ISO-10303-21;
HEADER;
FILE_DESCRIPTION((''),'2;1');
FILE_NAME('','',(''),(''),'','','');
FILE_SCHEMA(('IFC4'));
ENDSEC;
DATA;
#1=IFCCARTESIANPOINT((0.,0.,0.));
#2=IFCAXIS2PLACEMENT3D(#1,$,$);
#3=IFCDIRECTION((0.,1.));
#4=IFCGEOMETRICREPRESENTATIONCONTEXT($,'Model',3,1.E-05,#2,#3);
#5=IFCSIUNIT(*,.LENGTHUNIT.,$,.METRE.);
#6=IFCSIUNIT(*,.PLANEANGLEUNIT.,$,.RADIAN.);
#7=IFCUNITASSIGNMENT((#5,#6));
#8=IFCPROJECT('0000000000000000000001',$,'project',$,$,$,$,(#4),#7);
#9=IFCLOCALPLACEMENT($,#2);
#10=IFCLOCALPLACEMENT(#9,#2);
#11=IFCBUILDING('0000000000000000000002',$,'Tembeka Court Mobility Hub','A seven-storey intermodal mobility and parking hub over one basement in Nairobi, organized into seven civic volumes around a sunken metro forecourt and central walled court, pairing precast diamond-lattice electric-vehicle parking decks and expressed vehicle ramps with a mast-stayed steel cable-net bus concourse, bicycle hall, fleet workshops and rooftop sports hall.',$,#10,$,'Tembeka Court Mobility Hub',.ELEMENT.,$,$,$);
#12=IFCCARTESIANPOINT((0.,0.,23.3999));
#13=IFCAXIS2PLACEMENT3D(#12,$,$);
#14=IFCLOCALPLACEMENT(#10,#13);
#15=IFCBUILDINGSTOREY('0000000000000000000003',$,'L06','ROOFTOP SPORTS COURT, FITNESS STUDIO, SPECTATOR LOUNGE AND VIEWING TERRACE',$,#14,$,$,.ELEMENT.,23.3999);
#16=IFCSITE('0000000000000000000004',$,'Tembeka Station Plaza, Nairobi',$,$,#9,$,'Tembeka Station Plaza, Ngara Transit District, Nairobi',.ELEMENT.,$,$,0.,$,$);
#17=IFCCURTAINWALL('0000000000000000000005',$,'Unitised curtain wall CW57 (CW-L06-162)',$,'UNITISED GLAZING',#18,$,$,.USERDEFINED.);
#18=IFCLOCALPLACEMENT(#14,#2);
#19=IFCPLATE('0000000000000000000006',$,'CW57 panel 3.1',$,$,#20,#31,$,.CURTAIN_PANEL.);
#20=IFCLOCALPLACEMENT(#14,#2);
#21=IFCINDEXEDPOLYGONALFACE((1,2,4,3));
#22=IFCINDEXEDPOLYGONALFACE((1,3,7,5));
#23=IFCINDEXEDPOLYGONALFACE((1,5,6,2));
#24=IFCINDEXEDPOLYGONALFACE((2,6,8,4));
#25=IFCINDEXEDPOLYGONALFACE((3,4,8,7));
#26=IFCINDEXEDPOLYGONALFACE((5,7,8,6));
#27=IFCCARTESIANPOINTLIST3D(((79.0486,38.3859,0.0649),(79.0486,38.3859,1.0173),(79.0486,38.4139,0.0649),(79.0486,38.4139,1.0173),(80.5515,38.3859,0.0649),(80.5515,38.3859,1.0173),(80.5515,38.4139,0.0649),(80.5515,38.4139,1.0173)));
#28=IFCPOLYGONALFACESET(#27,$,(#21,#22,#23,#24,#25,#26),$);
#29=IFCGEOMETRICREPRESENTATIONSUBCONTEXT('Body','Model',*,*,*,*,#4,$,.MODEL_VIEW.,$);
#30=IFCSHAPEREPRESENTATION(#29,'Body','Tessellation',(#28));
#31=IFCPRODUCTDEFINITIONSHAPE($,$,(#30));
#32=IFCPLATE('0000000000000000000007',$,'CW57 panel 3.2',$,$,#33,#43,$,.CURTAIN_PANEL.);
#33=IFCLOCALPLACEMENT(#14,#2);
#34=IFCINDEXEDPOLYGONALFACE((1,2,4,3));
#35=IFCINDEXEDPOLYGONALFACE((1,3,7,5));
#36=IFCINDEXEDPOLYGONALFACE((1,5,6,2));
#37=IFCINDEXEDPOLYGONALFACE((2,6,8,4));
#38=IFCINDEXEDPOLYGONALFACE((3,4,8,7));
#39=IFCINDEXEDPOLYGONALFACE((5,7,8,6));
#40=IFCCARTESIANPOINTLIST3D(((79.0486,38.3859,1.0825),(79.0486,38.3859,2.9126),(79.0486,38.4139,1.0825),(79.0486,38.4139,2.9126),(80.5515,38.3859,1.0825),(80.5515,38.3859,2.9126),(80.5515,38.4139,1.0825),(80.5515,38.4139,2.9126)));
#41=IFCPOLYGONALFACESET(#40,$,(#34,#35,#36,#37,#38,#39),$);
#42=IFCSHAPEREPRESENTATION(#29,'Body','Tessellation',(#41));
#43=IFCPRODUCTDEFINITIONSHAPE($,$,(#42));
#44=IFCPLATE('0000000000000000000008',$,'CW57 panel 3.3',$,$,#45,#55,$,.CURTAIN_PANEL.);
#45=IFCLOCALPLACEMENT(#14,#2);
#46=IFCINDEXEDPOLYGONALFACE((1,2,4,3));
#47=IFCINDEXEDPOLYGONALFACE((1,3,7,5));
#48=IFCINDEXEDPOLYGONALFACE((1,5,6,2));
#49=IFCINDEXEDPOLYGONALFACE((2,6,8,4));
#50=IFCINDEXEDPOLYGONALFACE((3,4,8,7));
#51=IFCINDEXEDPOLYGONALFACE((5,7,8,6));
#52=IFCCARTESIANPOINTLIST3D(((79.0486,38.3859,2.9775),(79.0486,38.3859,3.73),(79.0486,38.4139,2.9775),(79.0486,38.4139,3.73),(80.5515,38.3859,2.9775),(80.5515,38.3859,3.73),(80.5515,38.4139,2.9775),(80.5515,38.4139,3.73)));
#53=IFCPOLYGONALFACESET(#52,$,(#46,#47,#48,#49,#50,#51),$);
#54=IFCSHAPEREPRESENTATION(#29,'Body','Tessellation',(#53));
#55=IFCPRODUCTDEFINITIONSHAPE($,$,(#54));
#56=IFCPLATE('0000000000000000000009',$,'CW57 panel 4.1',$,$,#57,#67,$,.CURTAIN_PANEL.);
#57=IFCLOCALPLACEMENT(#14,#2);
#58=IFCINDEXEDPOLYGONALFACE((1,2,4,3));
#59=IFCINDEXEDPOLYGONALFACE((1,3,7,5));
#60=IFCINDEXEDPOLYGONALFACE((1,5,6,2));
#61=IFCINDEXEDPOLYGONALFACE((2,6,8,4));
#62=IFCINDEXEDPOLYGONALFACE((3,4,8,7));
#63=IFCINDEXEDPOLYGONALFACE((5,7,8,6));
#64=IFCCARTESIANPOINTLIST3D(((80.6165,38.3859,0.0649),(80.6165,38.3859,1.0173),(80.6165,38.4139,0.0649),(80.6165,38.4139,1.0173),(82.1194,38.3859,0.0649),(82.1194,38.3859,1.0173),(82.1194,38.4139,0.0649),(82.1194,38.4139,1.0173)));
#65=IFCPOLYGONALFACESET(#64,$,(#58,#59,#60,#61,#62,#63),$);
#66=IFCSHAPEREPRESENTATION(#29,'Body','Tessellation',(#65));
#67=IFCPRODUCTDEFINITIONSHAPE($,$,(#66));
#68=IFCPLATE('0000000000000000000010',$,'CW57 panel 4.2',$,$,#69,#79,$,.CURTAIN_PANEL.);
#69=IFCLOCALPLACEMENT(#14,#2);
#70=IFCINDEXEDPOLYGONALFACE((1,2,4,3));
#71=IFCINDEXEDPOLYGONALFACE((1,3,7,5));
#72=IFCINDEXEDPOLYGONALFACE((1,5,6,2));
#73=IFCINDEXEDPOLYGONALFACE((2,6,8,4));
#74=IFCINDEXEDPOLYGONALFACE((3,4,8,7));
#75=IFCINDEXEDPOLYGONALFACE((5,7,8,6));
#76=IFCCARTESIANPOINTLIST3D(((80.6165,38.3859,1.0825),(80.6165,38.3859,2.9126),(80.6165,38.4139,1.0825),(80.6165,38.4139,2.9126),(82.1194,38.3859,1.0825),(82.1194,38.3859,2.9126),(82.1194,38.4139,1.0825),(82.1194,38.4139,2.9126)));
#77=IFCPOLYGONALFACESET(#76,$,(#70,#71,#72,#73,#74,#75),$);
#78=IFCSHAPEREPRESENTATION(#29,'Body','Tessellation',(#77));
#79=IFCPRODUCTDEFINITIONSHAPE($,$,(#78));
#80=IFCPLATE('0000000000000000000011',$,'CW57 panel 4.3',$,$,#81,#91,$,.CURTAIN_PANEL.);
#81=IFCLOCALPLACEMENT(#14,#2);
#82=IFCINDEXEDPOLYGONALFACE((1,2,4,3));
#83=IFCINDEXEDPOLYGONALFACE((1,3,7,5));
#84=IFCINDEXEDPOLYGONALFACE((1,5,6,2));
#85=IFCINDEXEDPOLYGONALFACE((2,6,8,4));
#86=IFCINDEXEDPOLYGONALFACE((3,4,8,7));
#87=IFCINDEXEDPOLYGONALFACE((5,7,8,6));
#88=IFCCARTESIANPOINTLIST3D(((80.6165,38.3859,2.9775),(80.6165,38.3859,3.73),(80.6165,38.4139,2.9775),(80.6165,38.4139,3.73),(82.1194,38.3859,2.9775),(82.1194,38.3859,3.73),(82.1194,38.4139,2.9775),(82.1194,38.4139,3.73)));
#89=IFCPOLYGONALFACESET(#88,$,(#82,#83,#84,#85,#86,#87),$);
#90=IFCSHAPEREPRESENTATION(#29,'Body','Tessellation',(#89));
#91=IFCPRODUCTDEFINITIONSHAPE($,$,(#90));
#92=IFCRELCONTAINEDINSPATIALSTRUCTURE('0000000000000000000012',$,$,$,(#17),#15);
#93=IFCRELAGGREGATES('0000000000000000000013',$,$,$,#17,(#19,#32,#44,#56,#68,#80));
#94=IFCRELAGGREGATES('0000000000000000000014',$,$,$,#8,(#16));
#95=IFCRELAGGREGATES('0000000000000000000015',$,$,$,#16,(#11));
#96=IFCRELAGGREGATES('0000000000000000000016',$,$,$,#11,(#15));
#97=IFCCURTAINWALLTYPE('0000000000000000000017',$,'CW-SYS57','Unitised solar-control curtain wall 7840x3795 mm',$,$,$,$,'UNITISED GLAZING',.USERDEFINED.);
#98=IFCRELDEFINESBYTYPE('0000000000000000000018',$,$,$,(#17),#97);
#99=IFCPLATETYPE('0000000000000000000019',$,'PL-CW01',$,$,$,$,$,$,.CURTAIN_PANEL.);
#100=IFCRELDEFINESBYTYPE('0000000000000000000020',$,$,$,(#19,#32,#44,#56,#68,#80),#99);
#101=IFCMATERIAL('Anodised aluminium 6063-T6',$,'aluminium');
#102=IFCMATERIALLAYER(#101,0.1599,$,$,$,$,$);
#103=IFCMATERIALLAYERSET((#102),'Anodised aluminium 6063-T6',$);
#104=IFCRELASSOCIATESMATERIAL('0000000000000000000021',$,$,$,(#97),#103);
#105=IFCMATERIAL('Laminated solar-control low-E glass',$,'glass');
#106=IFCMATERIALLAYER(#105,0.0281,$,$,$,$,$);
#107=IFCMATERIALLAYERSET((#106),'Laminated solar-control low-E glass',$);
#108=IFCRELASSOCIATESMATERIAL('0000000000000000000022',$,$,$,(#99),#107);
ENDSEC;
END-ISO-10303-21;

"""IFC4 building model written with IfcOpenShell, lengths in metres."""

from ifc_helpers import new_model, si_unit, direction, frame, origin, origin_2d, place, context, subcontext, project, spatial, rectangle, extrude, material, layer, layer_set, type_object, element, aggregate, save


model = new_model("IFC4")

# Units and contexts
model_context = context("Model", 3, precision=1e-05, world=origin(), true_north=direction((0.0, 1.0)))
body_context = subcontext(model_context, "Body", "Model", "MODEL_VIEW")
ifc_project = project(units=[si_unit("LENGTHUNIT", "METRE"), si_unit("PLANEANGLEUNIT", "RADIAN")], contexts=[model_context])

# Site, building, storey
site_placement = place(None, origin())
site = spatial("IfcSite", under=ifc_project, at=site_placement, Name="Tembeka Station Plaza, Nairobi", LongName="Tembeka Station Plaza, Ngara Transit District, Nairobi", CompositionType="ELEMENT", RefElevation=0.0)
building_placement = place(site_placement, origin())
building = spatial("IfcBuilding", under=site, at=building_placement, Name="Tembeka Court Mobility Hub", Description="A seven-storey intermodal mobility and parking hub over one basement in Nairobi, organized into seven civic volumes around a sunken metro forecourt and central walled court, pairing precast diamond-lattice electric-vehicle parking decks and expressed vehicle ramps with a mast-stayed steel cable-net bus concourse, bicycle hall, fleet workshops and rooftop sports hall.", LongName="Tembeka Court Mobility Hub", CompositionType="ELEMENT")
storey_placement = place(building_placement, frame((0.0, 0.0, 23.3999)))
storey = spatial("IfcBuildingStorey", under=building, at=storey_placement, Name="L06", Description="ROOFTOP SPORTS COURT, FITNESS STUDIO, SPECTATOR LOUNGE AND VIEWING TERRACE", CompositionType="ELEMENT", Elevation=23.3999)

# Curtain wall, plates
ifc_material_1 = material(Name="Anodised aluminium 6063-T6", Category="aluminium")
ifc_layer_1 = layer(ifc_material_1, 0.1599)
ifc_layer_set_1 = layer_set([ifc_layer_1], Name="Anodised aluminium 6063-T6")
curtain_wall_type = type_object("IfcCurtainWallType", Name="CW-SYS57", Description="Unitised solar-control curtain wall 7840x3795 mm", ElementType="UNITISED GLAZING", PredefinedType="USERDEFINED", material=ifc_layer_set_1)
curtain_wall_placement = place(storey_placement, origin())
curtain_wall = element("IfcCurtainWall", 1, at=curtain_wall_placement, inside=storey, type_object=curtain_wall_type, Name="Unitised curtain wall CW57 (CW-L06-162)", ObjectType="UNITISED GLAZING", PredefinedType="USERDEFINED")
ifc_material_2 = material(Name="Laminated solar-control low-E glass", Category="glass")
ifc_layer_2 = layer(ifc_material_2, 0.0281)
ifc_layer_set_2 = layer_set([ifc_layer_2], Name="Laminated solar-control low-E glass")
plate_type = type_object("IfcPlateType", Name="PL-CW01", PredefinedType="CURTAIN_PANEL", material=ifc_layer_set_2)
plate_1_placement = place(storey_placement, frame((79.8, 38.3999, 0.0649), z_axis=(0.0, 0.0, 1.0), x_axis=(1.0, 0.0, 0.0)))
plate_1 = element("IfcPlate", 2, at=plate_1_placement, type_object=plate_type, Name="CW57 panel 3.1", PredefinedType="CURTAIN_PANEL", context=body_context, shape_type="SweptSolid", body=[
    extrude(rectangle(XDim=1.5029, YDim=0.0281, at=origin_2d()), origin(), (0.0, 0.0, 1.0), 0.9524),
])
plate_2_placement = place(storey_placement, frame((79.8, 38.3999, 1.0825), z_axis=(0.0, 0.0, 1.0), x_axis=(1.0, 0.0, 0.0)))
plate_2 = element("IfcPlate", 3, at=plate_2_placement, type_object=plate_type, Name="CW57 panel 3.2", PredefinedType="CURTAIN_PANEL", context=body_context, shape_type="SweptSolid", body=[
    extrude(rectangle(XDim=1.5029, YDim=0.0281, at=origin_2d()), origin(), (0.0, 0.0, 1.0), 1.8301),
])
plate_3_placement = place(storey_placement, frame((79.8, 38.3999, 2.9775), z_axis=(0.0, 0.0, 1.0), x_axis=(1.0, 0.0, 0.0)))
plate_3 = element("IfcPlate", 4, at=plate_3_placement, type_object=plate_type, Name="CW57 panel 3.3", PredefinedType="CURTAIN_PANEL", context=body_context, shape_type="SweptSolid", body=[
    extrude(rectangle(XDim=1.5029, YDim=0.0281, at=origin_2d()), origin(), (0.0, 0.0, 1.0), 0.7524),
])
plate_4_placement = place(storey_placement, frame((81.3679, 38.3999, 0.0649), z_axis=(0.0, 0.0, 1.0), x_axis=(1.0, 0.0, 0.0)))
plate_4 = element("IfcPlate", 5, at=plate_4_placement, type_object=plate_type, Name="CW57 panel 4.1", PredefinedType="CURTAIN_PANEL", context=body_context, shape_type="SweptSolid", body=[
    extrude(rectangle(XDim=1.5029, YDim=0.0281, at=origin_2d()), origin(), (0.0, 0.0, 1.0), 0.9524),
])
plate_5_placement = place(storey_placement, frame((81.3679, 38.3999, 1.0825), z_axis=(0.0, 0.0, 1.0), x_axis=(1.0, 0.0, 0.0)))
plate_5 = element("IfcPlate", 6, at=plate_5_placement, type_object=plate_type, Name="CW57 panel 4.2", PredefinedType="CURTAIN_PANEL", context=body_context, shape_type="SweptSolid", body=[
    extrude(rectangle(XDim=1.5029, YDim=0.0281, at=origin_2d()), origin(), (0.0, 0.0, 1.0), 1.8301),
])
plate_6_placement = place(storey_placement, frame((81.3679, 38.3999, 2.9775), z_axis=(0.0, 0.0, 1.0), x_axis=(1.0, 0.0, 0.0)))
plate_6 = element("IfcPlate", 7, at=plate_6_placement, type_object=plate_type, Name="CW57 panel 4.3", PredefinedType="CURTAIN_PANEL", context=body_context, shape_type="SweptSolid", body=[
    extrude(rectangle(XDim=1.5029, YDim=0.0281, at=origin_2d()), origin(), (0.0, 0.0, 1.0), 0.7524),
])
aggregate(curtain_wall, [plate_1, plate_2, plate_3, plate_4, plate_5, plate_6])

save(model, "model.ifc")
